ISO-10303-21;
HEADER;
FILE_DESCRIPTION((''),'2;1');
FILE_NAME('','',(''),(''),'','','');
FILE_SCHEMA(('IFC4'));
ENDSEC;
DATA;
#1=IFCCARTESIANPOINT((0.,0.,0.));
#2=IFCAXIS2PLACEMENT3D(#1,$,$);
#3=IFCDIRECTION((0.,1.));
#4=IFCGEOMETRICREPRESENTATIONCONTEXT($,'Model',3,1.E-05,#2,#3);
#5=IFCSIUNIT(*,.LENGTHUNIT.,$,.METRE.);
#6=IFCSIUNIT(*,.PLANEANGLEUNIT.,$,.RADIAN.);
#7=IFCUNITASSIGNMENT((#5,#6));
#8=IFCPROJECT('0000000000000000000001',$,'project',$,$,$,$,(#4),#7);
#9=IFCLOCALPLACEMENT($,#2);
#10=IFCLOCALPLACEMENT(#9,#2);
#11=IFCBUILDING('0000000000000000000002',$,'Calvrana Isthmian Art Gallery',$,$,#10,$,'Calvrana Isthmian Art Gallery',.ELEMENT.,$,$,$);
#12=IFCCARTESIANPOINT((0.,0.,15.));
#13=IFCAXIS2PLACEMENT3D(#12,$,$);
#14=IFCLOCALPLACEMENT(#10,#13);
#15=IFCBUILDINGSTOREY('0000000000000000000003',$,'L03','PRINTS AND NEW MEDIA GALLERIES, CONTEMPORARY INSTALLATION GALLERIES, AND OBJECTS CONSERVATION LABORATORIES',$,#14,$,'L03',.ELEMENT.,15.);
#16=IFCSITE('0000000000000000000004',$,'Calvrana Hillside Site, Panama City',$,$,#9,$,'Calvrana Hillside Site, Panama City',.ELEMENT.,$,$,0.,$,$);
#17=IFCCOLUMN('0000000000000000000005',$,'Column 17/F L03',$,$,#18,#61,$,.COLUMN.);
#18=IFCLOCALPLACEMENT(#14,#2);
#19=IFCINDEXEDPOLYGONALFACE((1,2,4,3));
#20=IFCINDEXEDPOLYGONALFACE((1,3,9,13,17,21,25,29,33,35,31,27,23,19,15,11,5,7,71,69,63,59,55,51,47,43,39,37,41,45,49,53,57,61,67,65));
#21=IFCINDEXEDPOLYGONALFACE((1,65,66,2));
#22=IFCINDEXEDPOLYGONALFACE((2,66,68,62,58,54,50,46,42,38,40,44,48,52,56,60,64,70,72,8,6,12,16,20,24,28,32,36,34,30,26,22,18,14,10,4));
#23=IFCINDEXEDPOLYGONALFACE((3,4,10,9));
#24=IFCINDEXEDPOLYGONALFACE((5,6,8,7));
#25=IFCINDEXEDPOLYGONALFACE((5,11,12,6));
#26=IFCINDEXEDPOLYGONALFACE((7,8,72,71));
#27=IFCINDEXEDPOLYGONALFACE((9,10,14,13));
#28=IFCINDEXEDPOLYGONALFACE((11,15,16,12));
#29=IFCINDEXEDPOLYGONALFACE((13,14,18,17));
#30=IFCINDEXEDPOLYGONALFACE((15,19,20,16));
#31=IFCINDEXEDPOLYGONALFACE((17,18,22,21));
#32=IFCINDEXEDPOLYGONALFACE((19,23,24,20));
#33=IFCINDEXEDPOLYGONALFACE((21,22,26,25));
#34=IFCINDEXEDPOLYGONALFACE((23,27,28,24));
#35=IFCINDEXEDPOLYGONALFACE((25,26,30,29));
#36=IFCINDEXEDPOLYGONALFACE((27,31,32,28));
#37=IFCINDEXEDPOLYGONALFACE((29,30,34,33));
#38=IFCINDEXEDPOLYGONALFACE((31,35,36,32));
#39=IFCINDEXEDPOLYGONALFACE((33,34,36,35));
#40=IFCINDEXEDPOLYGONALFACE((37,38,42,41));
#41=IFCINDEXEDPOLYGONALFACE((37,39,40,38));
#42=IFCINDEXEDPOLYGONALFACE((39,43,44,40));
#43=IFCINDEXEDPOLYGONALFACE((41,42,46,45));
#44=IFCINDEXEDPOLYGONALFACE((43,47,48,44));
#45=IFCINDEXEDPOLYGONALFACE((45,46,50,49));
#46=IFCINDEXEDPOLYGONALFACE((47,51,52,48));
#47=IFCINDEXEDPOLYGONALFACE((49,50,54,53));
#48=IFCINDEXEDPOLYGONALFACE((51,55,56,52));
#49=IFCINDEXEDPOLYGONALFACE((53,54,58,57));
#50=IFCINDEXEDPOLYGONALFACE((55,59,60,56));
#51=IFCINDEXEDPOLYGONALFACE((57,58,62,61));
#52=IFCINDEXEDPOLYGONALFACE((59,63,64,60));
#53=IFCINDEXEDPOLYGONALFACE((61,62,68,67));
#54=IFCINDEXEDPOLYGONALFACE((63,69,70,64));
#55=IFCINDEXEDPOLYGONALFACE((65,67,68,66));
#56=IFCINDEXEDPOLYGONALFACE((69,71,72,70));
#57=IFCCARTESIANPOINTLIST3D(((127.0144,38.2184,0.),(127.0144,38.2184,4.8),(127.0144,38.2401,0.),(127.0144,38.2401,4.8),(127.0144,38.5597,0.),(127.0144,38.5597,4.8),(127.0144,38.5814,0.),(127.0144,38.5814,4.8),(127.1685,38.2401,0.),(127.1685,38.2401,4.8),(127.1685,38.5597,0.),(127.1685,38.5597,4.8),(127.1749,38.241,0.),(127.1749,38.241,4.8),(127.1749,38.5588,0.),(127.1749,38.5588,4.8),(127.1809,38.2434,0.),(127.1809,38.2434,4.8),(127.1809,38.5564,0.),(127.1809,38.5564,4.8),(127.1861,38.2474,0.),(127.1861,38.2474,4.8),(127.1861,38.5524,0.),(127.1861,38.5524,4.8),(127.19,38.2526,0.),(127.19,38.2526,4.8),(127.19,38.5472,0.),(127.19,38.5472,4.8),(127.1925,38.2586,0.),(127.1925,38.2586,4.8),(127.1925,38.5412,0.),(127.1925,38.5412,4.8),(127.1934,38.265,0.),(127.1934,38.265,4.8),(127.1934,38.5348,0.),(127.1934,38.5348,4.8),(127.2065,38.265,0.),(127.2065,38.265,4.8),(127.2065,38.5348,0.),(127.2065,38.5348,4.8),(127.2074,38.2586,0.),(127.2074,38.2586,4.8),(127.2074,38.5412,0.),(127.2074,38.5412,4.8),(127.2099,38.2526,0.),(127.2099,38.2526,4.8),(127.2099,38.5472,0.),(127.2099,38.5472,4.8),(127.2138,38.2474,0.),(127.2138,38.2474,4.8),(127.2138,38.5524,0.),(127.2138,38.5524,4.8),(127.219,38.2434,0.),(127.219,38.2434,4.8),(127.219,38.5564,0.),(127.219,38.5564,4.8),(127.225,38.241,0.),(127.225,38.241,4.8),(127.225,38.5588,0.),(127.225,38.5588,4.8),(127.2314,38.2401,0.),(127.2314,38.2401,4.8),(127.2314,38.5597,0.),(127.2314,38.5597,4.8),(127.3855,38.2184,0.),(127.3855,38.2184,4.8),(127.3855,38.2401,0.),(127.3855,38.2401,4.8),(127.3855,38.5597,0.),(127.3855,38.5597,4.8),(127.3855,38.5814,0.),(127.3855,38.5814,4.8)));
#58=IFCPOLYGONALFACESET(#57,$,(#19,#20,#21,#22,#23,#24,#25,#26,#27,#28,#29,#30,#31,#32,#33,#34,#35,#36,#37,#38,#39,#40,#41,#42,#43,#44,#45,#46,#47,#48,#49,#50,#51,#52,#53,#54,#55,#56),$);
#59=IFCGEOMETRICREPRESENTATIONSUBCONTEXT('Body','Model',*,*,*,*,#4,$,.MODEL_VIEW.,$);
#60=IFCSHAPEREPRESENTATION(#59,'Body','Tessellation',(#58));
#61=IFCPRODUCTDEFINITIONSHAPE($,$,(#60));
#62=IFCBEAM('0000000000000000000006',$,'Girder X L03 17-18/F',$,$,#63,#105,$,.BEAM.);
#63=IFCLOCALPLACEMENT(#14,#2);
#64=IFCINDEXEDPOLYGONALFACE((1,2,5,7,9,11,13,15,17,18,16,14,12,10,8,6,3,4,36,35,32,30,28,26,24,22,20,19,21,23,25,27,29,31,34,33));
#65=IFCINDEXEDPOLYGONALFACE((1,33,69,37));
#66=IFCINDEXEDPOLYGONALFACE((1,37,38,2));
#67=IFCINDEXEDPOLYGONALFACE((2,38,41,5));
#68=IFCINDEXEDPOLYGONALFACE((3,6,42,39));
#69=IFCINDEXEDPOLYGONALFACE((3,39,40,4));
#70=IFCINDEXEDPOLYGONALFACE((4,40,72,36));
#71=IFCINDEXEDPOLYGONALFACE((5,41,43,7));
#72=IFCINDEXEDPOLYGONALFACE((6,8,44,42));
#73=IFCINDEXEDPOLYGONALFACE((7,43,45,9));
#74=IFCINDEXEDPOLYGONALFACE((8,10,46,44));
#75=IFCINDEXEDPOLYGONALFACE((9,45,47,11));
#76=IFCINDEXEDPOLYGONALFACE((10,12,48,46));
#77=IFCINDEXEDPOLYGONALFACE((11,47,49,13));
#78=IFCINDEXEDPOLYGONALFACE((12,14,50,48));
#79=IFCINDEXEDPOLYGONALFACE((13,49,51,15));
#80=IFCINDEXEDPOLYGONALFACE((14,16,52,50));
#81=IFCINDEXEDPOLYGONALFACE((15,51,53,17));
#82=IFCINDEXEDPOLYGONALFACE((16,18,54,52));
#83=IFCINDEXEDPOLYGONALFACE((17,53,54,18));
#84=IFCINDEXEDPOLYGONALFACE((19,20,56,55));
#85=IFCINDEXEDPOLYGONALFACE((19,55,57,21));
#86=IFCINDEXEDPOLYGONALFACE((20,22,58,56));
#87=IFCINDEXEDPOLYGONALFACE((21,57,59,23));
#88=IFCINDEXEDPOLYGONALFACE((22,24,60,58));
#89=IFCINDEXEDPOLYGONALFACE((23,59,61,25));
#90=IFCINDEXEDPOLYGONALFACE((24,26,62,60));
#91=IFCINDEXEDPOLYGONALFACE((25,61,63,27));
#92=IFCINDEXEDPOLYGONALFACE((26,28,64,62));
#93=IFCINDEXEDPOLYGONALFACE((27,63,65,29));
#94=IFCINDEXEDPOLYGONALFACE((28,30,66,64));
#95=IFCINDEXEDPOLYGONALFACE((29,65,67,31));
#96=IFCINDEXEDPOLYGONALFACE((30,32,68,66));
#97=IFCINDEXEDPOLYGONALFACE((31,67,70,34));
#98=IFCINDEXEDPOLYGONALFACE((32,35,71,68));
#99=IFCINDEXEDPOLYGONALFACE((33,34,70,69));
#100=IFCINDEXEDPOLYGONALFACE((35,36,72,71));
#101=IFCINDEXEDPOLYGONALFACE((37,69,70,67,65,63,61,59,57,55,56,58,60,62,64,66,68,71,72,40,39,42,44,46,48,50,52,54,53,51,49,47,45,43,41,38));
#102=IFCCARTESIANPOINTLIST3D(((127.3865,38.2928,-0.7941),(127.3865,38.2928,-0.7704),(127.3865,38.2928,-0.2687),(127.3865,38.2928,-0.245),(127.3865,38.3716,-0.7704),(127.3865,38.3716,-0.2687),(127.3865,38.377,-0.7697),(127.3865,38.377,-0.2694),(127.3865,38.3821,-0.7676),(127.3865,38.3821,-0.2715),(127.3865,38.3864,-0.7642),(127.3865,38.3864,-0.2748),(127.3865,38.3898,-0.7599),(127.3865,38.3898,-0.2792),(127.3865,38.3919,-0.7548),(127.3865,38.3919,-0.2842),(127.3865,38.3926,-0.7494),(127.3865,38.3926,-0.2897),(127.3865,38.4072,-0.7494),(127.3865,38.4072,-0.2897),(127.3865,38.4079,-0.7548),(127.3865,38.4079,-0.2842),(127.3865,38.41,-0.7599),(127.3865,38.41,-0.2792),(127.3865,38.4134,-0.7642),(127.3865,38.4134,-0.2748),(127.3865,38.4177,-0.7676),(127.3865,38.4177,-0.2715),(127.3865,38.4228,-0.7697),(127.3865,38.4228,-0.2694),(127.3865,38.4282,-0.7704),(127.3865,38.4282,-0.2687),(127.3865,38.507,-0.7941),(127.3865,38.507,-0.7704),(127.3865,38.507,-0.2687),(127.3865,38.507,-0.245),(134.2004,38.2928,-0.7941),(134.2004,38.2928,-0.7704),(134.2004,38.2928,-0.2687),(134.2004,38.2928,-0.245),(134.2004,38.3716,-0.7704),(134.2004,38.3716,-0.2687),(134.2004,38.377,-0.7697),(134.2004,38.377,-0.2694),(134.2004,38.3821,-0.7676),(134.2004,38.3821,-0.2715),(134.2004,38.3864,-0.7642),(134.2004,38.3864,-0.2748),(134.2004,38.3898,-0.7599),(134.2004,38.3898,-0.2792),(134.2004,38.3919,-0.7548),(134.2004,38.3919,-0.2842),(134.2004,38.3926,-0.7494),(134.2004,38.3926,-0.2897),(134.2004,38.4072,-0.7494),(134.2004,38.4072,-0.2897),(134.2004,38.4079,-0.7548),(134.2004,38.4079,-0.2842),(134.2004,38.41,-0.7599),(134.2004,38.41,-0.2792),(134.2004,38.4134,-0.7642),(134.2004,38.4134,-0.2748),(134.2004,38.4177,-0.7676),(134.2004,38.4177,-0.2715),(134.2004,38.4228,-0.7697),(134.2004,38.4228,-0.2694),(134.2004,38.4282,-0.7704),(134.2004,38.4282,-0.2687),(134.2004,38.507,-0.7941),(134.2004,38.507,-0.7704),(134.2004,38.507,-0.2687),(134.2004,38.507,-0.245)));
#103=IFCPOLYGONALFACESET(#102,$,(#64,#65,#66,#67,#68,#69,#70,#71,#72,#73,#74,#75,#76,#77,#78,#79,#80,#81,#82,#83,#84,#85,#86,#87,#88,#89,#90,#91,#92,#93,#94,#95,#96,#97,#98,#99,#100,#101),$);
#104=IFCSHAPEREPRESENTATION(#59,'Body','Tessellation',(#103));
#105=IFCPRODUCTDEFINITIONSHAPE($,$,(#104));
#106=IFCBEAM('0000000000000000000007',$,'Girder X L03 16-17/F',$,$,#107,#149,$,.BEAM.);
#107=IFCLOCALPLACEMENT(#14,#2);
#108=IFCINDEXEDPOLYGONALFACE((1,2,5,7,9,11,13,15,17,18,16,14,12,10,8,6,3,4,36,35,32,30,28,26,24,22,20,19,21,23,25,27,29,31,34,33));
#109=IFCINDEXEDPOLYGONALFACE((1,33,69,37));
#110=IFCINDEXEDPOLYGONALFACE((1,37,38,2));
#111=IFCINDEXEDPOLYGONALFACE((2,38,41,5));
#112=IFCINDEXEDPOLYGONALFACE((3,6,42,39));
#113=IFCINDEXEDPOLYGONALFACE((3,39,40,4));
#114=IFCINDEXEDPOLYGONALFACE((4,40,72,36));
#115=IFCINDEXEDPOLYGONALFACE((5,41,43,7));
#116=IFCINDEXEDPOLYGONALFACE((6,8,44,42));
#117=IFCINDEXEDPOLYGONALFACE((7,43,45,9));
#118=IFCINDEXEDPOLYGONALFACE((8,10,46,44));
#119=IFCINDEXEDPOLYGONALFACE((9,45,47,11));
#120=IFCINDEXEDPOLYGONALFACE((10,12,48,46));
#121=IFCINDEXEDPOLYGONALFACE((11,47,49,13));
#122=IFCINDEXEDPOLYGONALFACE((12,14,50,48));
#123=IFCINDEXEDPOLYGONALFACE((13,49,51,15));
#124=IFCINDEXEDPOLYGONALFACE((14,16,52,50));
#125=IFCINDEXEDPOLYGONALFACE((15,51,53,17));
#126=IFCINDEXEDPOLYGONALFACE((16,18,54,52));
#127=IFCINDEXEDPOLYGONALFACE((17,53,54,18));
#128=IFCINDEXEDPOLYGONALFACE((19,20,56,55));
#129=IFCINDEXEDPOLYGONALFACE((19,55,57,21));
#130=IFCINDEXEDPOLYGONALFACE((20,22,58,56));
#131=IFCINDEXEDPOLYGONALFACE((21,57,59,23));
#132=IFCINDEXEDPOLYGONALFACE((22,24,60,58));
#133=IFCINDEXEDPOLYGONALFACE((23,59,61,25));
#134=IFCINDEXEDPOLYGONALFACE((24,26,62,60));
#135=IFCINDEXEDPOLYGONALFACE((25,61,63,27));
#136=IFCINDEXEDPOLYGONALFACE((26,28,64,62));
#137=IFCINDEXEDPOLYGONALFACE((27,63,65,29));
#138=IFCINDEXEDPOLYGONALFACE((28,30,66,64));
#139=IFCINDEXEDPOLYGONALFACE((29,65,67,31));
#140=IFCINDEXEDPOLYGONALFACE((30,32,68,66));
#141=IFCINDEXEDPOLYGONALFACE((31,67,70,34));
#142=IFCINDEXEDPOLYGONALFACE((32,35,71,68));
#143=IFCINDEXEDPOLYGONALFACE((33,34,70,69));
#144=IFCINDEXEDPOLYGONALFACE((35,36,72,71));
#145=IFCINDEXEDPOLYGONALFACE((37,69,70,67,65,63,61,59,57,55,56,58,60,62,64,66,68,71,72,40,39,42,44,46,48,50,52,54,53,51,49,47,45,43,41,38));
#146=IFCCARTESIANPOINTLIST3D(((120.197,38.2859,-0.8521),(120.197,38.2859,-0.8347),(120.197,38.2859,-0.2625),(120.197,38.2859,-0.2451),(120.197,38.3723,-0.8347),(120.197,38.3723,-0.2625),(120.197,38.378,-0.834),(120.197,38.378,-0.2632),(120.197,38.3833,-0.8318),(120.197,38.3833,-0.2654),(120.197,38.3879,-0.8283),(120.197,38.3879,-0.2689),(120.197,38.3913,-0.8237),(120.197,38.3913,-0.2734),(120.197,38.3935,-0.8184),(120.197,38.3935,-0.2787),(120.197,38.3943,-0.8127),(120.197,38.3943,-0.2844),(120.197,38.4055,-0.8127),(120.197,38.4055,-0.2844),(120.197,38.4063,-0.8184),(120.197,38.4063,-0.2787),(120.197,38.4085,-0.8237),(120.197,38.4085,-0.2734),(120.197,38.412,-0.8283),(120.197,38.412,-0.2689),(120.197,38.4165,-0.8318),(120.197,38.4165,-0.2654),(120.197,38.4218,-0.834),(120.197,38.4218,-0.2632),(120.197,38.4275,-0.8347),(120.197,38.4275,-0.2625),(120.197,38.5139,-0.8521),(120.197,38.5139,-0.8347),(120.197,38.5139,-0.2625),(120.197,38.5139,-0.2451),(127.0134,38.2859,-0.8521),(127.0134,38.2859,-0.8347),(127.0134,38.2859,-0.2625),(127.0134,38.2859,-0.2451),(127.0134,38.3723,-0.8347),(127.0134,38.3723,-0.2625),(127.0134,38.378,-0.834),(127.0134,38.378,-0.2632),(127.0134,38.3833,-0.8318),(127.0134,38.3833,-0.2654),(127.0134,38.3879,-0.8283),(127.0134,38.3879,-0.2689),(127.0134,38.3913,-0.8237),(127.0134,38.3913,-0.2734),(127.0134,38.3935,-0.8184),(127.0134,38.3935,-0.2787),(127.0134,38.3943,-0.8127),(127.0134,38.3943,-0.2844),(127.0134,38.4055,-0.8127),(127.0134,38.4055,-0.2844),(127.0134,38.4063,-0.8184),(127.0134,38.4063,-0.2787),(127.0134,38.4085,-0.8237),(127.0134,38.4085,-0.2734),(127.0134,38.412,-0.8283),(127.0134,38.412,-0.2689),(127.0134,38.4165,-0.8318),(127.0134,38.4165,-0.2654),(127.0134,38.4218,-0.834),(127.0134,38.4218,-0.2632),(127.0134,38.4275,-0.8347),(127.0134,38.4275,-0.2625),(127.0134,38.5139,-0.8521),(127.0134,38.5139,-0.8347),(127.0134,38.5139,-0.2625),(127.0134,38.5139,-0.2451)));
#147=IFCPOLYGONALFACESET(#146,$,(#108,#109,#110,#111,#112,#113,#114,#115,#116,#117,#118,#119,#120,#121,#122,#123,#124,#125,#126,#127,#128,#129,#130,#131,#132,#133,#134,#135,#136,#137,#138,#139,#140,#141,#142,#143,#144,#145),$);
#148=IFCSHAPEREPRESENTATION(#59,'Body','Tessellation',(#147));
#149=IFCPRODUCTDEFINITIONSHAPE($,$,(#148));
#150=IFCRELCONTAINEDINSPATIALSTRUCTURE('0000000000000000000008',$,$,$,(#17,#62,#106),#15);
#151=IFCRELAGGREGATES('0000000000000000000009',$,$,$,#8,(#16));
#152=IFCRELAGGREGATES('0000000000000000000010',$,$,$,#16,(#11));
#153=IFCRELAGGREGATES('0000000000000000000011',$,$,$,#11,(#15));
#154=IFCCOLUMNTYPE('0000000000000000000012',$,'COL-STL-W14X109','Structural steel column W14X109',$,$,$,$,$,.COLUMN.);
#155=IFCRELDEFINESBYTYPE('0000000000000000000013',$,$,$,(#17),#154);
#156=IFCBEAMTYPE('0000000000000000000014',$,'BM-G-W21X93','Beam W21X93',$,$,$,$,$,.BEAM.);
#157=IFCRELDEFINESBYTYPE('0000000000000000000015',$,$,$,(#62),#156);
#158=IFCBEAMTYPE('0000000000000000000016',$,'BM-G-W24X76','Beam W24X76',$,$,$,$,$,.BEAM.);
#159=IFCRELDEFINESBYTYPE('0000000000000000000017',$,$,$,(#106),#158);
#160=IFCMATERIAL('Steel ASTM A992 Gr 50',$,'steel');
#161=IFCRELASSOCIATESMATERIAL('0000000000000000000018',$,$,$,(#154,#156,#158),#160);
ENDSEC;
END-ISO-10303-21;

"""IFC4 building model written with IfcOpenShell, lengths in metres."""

from ifc_helpers import new_model, si_unit, direction, frame, origin, origin_2d, place, context, subcontext, project, spatial, i_section, extrude, material, material_profile, profile_set, type_object, element, save


model = new_model("IFC4")

# Units and contexts
model_context = context("Model", 3, precision=1e-05, world=origin(), true_north=direction((0.0, 1.0)))
body_context = subcontext(model_context, "Body", "Model", "MODEL_VIEW")
ifc_project = project(units=[si_unit("LENGTHUNIT", "METRE"), si_unit("PLANEANGLEUNIT", "RADIAN")], contexts=[model_context])

# Site, building, storey
site_placement = place(None, origin())
site = spatial("IfcSite", under=ifc_project, at=site_placement, Name="Calvrana Hillside Site, Panama City", LongName="Calvrana Hillside Site, Panama City", CompositionType="ELEMENT", RefElevation=0.0)
building_placement = place(site_placement, origin())
building = spatial("IfcBuilding", under=site, at=building_placement, Name="Calvrana Isthmian Art Gallery", LongName="Calvrana Isthmian Art Gallery", CompositionType="ELEMENT")
storey_placement = place(building_placement, frame((0.0, 0.0, 15.0)))
storey = spatial("IfcBuildingStorey", under=building, at=storey_placement, Name="L03", Description="PRINTS AND NEW MEDIA GALLERIES, CONTEMPORARY INSTALLATION GALLERIES, AND OBJECTS CONSERVATION LABORATORIES", LongName="L03", CompositionType="ELEMENT", Elevation=15.0)

# Column
ifc_material_1 = material(Name="Steel ASTM A992 Gr 50", Category="steel")
ifc_material_profile_1 = material_profile(ifc_material_1, i_section(OverallWidth=0.3711, OverallDepth=0.363, WebThickness=0.0132, FlangeThickness=0.0217, FilletRadius=0.0249, at=origin_2d()), Name="W14X109")
ifc_profile_set_1 = profile_set([ifc_material_profile_1], Name="Steel ASTM A992 Gr 50")
column_type = type_object("IfcColumnType", Name="COL-STL-W14X109", Description="Structural steel column W14X109", PredefinedType="COLUMN", material=ifc_profile_set_1)
column_placement = place(storey_placement, frame((127.2, 38.3999, 0.0), z_axis=(0.0, 0.0, 1.0), x_axis=(1.0, 0.0, 0.0)))
element("IfcColumn", 1, at=column_placement, inside=storey, type_object=column_type, Name="Column 17/F L03", PredefinedType="COLUMN", context=body_context, shape_type="SweptSolid", body=[
    extrude(i_section(OverallWidth=0.3711, OverallDepth=0.363, WebThickness=0.0132, FlangeThickness=0.0217, FilletRadius=0.0249, at=origin_2d()), origin(), (0.0, 0.0, 1.0), 4.8),
])

# Beams
ifc_material_profile_2 = material_profile(ifc_material_1, i_section(OverallWidth=0.2141, OverallDepth=0.5491, WebThickness=0.0146, FlangeThickness=0.0237, FilletRadius=0.021, at=origin_2d()), Name="W21X93")
ifc_profile_set_2 = profile_set([ifc_material_profile_2], Name="Steel ASTM A992 Gr 50")
beam_type_1 = type_object("IfcBeamType", Name="BM-G-W21X93", Description="Beam W21X93", PredefinedType="BEAM", material=ifc_profile_set_2)
beam_1_placement = place(storey_placement, frame((127.3865, 38.3999, -0.5195), z_axis=(1.0, 0.0, 0.0), x_axis=(0.0, 1.0, 0.0)))
element("IfcBeam", 2, at=beam_1_placement, inside=storey, type_object=beam_type_1, Name="Girder X L03 17-18/F", PredefinedType="BEAM", context=body_context, shape_type="SweptSolid", body=[
    extrude(i_section(OverallWidth=0.2141, OverallDepth=0.5491, WebThickness=0.0146, FlangeThickness=0.0237, FilletRadius=0.021, at=origin_2d()), origin(), (0.0, 0.0, 1.0), 6.814),
])
ifc_material_profile_3 = material_profile(ifc_material_1, i_section(OverallWidth=0.228, OverallDepth=0.6069, WebThickness=0.0112, FlangeThickness=0.0173, FilletRadius=0.022, at=origin_2d()), Name="W24X76")
ifc_profile_set_3 = profile_set([ifc_material_profile_3], Name="Steel ASTM A992 Gr 50")
beam_type_2 = type_object("IfcBeamType", Name="BM-G-W24X76", Description="Beam W24X76", PredefinedType="BEAM", material=ifc_profile_set_3)
beam_2_placement = place(storey_placement, frame((120.197, 38.3999, -0.5486), z_axis=(1.0, 0.0, 0.0), x_axis=(0.0, 1.0, 0.0)))
element("IfcBeam", 3, at=beam_2_placement, inside=storey, type_object=beam_type_2, Name="Girder X L03 16-17/F", PredefinedType="BEAM", context=body_context, shape_type="SweptSolid", body=[
    extrude(i_section(OverallWidth=0.228, OverallDepth=0.6069, WebThickness=0.0112, FlangeThickness=0.0173, FilletRadius=0.022, at=origin_2d()), origin(), (0.0, 0.0, 1.0), 6.8164),
])

save(model, "model.ifc")
